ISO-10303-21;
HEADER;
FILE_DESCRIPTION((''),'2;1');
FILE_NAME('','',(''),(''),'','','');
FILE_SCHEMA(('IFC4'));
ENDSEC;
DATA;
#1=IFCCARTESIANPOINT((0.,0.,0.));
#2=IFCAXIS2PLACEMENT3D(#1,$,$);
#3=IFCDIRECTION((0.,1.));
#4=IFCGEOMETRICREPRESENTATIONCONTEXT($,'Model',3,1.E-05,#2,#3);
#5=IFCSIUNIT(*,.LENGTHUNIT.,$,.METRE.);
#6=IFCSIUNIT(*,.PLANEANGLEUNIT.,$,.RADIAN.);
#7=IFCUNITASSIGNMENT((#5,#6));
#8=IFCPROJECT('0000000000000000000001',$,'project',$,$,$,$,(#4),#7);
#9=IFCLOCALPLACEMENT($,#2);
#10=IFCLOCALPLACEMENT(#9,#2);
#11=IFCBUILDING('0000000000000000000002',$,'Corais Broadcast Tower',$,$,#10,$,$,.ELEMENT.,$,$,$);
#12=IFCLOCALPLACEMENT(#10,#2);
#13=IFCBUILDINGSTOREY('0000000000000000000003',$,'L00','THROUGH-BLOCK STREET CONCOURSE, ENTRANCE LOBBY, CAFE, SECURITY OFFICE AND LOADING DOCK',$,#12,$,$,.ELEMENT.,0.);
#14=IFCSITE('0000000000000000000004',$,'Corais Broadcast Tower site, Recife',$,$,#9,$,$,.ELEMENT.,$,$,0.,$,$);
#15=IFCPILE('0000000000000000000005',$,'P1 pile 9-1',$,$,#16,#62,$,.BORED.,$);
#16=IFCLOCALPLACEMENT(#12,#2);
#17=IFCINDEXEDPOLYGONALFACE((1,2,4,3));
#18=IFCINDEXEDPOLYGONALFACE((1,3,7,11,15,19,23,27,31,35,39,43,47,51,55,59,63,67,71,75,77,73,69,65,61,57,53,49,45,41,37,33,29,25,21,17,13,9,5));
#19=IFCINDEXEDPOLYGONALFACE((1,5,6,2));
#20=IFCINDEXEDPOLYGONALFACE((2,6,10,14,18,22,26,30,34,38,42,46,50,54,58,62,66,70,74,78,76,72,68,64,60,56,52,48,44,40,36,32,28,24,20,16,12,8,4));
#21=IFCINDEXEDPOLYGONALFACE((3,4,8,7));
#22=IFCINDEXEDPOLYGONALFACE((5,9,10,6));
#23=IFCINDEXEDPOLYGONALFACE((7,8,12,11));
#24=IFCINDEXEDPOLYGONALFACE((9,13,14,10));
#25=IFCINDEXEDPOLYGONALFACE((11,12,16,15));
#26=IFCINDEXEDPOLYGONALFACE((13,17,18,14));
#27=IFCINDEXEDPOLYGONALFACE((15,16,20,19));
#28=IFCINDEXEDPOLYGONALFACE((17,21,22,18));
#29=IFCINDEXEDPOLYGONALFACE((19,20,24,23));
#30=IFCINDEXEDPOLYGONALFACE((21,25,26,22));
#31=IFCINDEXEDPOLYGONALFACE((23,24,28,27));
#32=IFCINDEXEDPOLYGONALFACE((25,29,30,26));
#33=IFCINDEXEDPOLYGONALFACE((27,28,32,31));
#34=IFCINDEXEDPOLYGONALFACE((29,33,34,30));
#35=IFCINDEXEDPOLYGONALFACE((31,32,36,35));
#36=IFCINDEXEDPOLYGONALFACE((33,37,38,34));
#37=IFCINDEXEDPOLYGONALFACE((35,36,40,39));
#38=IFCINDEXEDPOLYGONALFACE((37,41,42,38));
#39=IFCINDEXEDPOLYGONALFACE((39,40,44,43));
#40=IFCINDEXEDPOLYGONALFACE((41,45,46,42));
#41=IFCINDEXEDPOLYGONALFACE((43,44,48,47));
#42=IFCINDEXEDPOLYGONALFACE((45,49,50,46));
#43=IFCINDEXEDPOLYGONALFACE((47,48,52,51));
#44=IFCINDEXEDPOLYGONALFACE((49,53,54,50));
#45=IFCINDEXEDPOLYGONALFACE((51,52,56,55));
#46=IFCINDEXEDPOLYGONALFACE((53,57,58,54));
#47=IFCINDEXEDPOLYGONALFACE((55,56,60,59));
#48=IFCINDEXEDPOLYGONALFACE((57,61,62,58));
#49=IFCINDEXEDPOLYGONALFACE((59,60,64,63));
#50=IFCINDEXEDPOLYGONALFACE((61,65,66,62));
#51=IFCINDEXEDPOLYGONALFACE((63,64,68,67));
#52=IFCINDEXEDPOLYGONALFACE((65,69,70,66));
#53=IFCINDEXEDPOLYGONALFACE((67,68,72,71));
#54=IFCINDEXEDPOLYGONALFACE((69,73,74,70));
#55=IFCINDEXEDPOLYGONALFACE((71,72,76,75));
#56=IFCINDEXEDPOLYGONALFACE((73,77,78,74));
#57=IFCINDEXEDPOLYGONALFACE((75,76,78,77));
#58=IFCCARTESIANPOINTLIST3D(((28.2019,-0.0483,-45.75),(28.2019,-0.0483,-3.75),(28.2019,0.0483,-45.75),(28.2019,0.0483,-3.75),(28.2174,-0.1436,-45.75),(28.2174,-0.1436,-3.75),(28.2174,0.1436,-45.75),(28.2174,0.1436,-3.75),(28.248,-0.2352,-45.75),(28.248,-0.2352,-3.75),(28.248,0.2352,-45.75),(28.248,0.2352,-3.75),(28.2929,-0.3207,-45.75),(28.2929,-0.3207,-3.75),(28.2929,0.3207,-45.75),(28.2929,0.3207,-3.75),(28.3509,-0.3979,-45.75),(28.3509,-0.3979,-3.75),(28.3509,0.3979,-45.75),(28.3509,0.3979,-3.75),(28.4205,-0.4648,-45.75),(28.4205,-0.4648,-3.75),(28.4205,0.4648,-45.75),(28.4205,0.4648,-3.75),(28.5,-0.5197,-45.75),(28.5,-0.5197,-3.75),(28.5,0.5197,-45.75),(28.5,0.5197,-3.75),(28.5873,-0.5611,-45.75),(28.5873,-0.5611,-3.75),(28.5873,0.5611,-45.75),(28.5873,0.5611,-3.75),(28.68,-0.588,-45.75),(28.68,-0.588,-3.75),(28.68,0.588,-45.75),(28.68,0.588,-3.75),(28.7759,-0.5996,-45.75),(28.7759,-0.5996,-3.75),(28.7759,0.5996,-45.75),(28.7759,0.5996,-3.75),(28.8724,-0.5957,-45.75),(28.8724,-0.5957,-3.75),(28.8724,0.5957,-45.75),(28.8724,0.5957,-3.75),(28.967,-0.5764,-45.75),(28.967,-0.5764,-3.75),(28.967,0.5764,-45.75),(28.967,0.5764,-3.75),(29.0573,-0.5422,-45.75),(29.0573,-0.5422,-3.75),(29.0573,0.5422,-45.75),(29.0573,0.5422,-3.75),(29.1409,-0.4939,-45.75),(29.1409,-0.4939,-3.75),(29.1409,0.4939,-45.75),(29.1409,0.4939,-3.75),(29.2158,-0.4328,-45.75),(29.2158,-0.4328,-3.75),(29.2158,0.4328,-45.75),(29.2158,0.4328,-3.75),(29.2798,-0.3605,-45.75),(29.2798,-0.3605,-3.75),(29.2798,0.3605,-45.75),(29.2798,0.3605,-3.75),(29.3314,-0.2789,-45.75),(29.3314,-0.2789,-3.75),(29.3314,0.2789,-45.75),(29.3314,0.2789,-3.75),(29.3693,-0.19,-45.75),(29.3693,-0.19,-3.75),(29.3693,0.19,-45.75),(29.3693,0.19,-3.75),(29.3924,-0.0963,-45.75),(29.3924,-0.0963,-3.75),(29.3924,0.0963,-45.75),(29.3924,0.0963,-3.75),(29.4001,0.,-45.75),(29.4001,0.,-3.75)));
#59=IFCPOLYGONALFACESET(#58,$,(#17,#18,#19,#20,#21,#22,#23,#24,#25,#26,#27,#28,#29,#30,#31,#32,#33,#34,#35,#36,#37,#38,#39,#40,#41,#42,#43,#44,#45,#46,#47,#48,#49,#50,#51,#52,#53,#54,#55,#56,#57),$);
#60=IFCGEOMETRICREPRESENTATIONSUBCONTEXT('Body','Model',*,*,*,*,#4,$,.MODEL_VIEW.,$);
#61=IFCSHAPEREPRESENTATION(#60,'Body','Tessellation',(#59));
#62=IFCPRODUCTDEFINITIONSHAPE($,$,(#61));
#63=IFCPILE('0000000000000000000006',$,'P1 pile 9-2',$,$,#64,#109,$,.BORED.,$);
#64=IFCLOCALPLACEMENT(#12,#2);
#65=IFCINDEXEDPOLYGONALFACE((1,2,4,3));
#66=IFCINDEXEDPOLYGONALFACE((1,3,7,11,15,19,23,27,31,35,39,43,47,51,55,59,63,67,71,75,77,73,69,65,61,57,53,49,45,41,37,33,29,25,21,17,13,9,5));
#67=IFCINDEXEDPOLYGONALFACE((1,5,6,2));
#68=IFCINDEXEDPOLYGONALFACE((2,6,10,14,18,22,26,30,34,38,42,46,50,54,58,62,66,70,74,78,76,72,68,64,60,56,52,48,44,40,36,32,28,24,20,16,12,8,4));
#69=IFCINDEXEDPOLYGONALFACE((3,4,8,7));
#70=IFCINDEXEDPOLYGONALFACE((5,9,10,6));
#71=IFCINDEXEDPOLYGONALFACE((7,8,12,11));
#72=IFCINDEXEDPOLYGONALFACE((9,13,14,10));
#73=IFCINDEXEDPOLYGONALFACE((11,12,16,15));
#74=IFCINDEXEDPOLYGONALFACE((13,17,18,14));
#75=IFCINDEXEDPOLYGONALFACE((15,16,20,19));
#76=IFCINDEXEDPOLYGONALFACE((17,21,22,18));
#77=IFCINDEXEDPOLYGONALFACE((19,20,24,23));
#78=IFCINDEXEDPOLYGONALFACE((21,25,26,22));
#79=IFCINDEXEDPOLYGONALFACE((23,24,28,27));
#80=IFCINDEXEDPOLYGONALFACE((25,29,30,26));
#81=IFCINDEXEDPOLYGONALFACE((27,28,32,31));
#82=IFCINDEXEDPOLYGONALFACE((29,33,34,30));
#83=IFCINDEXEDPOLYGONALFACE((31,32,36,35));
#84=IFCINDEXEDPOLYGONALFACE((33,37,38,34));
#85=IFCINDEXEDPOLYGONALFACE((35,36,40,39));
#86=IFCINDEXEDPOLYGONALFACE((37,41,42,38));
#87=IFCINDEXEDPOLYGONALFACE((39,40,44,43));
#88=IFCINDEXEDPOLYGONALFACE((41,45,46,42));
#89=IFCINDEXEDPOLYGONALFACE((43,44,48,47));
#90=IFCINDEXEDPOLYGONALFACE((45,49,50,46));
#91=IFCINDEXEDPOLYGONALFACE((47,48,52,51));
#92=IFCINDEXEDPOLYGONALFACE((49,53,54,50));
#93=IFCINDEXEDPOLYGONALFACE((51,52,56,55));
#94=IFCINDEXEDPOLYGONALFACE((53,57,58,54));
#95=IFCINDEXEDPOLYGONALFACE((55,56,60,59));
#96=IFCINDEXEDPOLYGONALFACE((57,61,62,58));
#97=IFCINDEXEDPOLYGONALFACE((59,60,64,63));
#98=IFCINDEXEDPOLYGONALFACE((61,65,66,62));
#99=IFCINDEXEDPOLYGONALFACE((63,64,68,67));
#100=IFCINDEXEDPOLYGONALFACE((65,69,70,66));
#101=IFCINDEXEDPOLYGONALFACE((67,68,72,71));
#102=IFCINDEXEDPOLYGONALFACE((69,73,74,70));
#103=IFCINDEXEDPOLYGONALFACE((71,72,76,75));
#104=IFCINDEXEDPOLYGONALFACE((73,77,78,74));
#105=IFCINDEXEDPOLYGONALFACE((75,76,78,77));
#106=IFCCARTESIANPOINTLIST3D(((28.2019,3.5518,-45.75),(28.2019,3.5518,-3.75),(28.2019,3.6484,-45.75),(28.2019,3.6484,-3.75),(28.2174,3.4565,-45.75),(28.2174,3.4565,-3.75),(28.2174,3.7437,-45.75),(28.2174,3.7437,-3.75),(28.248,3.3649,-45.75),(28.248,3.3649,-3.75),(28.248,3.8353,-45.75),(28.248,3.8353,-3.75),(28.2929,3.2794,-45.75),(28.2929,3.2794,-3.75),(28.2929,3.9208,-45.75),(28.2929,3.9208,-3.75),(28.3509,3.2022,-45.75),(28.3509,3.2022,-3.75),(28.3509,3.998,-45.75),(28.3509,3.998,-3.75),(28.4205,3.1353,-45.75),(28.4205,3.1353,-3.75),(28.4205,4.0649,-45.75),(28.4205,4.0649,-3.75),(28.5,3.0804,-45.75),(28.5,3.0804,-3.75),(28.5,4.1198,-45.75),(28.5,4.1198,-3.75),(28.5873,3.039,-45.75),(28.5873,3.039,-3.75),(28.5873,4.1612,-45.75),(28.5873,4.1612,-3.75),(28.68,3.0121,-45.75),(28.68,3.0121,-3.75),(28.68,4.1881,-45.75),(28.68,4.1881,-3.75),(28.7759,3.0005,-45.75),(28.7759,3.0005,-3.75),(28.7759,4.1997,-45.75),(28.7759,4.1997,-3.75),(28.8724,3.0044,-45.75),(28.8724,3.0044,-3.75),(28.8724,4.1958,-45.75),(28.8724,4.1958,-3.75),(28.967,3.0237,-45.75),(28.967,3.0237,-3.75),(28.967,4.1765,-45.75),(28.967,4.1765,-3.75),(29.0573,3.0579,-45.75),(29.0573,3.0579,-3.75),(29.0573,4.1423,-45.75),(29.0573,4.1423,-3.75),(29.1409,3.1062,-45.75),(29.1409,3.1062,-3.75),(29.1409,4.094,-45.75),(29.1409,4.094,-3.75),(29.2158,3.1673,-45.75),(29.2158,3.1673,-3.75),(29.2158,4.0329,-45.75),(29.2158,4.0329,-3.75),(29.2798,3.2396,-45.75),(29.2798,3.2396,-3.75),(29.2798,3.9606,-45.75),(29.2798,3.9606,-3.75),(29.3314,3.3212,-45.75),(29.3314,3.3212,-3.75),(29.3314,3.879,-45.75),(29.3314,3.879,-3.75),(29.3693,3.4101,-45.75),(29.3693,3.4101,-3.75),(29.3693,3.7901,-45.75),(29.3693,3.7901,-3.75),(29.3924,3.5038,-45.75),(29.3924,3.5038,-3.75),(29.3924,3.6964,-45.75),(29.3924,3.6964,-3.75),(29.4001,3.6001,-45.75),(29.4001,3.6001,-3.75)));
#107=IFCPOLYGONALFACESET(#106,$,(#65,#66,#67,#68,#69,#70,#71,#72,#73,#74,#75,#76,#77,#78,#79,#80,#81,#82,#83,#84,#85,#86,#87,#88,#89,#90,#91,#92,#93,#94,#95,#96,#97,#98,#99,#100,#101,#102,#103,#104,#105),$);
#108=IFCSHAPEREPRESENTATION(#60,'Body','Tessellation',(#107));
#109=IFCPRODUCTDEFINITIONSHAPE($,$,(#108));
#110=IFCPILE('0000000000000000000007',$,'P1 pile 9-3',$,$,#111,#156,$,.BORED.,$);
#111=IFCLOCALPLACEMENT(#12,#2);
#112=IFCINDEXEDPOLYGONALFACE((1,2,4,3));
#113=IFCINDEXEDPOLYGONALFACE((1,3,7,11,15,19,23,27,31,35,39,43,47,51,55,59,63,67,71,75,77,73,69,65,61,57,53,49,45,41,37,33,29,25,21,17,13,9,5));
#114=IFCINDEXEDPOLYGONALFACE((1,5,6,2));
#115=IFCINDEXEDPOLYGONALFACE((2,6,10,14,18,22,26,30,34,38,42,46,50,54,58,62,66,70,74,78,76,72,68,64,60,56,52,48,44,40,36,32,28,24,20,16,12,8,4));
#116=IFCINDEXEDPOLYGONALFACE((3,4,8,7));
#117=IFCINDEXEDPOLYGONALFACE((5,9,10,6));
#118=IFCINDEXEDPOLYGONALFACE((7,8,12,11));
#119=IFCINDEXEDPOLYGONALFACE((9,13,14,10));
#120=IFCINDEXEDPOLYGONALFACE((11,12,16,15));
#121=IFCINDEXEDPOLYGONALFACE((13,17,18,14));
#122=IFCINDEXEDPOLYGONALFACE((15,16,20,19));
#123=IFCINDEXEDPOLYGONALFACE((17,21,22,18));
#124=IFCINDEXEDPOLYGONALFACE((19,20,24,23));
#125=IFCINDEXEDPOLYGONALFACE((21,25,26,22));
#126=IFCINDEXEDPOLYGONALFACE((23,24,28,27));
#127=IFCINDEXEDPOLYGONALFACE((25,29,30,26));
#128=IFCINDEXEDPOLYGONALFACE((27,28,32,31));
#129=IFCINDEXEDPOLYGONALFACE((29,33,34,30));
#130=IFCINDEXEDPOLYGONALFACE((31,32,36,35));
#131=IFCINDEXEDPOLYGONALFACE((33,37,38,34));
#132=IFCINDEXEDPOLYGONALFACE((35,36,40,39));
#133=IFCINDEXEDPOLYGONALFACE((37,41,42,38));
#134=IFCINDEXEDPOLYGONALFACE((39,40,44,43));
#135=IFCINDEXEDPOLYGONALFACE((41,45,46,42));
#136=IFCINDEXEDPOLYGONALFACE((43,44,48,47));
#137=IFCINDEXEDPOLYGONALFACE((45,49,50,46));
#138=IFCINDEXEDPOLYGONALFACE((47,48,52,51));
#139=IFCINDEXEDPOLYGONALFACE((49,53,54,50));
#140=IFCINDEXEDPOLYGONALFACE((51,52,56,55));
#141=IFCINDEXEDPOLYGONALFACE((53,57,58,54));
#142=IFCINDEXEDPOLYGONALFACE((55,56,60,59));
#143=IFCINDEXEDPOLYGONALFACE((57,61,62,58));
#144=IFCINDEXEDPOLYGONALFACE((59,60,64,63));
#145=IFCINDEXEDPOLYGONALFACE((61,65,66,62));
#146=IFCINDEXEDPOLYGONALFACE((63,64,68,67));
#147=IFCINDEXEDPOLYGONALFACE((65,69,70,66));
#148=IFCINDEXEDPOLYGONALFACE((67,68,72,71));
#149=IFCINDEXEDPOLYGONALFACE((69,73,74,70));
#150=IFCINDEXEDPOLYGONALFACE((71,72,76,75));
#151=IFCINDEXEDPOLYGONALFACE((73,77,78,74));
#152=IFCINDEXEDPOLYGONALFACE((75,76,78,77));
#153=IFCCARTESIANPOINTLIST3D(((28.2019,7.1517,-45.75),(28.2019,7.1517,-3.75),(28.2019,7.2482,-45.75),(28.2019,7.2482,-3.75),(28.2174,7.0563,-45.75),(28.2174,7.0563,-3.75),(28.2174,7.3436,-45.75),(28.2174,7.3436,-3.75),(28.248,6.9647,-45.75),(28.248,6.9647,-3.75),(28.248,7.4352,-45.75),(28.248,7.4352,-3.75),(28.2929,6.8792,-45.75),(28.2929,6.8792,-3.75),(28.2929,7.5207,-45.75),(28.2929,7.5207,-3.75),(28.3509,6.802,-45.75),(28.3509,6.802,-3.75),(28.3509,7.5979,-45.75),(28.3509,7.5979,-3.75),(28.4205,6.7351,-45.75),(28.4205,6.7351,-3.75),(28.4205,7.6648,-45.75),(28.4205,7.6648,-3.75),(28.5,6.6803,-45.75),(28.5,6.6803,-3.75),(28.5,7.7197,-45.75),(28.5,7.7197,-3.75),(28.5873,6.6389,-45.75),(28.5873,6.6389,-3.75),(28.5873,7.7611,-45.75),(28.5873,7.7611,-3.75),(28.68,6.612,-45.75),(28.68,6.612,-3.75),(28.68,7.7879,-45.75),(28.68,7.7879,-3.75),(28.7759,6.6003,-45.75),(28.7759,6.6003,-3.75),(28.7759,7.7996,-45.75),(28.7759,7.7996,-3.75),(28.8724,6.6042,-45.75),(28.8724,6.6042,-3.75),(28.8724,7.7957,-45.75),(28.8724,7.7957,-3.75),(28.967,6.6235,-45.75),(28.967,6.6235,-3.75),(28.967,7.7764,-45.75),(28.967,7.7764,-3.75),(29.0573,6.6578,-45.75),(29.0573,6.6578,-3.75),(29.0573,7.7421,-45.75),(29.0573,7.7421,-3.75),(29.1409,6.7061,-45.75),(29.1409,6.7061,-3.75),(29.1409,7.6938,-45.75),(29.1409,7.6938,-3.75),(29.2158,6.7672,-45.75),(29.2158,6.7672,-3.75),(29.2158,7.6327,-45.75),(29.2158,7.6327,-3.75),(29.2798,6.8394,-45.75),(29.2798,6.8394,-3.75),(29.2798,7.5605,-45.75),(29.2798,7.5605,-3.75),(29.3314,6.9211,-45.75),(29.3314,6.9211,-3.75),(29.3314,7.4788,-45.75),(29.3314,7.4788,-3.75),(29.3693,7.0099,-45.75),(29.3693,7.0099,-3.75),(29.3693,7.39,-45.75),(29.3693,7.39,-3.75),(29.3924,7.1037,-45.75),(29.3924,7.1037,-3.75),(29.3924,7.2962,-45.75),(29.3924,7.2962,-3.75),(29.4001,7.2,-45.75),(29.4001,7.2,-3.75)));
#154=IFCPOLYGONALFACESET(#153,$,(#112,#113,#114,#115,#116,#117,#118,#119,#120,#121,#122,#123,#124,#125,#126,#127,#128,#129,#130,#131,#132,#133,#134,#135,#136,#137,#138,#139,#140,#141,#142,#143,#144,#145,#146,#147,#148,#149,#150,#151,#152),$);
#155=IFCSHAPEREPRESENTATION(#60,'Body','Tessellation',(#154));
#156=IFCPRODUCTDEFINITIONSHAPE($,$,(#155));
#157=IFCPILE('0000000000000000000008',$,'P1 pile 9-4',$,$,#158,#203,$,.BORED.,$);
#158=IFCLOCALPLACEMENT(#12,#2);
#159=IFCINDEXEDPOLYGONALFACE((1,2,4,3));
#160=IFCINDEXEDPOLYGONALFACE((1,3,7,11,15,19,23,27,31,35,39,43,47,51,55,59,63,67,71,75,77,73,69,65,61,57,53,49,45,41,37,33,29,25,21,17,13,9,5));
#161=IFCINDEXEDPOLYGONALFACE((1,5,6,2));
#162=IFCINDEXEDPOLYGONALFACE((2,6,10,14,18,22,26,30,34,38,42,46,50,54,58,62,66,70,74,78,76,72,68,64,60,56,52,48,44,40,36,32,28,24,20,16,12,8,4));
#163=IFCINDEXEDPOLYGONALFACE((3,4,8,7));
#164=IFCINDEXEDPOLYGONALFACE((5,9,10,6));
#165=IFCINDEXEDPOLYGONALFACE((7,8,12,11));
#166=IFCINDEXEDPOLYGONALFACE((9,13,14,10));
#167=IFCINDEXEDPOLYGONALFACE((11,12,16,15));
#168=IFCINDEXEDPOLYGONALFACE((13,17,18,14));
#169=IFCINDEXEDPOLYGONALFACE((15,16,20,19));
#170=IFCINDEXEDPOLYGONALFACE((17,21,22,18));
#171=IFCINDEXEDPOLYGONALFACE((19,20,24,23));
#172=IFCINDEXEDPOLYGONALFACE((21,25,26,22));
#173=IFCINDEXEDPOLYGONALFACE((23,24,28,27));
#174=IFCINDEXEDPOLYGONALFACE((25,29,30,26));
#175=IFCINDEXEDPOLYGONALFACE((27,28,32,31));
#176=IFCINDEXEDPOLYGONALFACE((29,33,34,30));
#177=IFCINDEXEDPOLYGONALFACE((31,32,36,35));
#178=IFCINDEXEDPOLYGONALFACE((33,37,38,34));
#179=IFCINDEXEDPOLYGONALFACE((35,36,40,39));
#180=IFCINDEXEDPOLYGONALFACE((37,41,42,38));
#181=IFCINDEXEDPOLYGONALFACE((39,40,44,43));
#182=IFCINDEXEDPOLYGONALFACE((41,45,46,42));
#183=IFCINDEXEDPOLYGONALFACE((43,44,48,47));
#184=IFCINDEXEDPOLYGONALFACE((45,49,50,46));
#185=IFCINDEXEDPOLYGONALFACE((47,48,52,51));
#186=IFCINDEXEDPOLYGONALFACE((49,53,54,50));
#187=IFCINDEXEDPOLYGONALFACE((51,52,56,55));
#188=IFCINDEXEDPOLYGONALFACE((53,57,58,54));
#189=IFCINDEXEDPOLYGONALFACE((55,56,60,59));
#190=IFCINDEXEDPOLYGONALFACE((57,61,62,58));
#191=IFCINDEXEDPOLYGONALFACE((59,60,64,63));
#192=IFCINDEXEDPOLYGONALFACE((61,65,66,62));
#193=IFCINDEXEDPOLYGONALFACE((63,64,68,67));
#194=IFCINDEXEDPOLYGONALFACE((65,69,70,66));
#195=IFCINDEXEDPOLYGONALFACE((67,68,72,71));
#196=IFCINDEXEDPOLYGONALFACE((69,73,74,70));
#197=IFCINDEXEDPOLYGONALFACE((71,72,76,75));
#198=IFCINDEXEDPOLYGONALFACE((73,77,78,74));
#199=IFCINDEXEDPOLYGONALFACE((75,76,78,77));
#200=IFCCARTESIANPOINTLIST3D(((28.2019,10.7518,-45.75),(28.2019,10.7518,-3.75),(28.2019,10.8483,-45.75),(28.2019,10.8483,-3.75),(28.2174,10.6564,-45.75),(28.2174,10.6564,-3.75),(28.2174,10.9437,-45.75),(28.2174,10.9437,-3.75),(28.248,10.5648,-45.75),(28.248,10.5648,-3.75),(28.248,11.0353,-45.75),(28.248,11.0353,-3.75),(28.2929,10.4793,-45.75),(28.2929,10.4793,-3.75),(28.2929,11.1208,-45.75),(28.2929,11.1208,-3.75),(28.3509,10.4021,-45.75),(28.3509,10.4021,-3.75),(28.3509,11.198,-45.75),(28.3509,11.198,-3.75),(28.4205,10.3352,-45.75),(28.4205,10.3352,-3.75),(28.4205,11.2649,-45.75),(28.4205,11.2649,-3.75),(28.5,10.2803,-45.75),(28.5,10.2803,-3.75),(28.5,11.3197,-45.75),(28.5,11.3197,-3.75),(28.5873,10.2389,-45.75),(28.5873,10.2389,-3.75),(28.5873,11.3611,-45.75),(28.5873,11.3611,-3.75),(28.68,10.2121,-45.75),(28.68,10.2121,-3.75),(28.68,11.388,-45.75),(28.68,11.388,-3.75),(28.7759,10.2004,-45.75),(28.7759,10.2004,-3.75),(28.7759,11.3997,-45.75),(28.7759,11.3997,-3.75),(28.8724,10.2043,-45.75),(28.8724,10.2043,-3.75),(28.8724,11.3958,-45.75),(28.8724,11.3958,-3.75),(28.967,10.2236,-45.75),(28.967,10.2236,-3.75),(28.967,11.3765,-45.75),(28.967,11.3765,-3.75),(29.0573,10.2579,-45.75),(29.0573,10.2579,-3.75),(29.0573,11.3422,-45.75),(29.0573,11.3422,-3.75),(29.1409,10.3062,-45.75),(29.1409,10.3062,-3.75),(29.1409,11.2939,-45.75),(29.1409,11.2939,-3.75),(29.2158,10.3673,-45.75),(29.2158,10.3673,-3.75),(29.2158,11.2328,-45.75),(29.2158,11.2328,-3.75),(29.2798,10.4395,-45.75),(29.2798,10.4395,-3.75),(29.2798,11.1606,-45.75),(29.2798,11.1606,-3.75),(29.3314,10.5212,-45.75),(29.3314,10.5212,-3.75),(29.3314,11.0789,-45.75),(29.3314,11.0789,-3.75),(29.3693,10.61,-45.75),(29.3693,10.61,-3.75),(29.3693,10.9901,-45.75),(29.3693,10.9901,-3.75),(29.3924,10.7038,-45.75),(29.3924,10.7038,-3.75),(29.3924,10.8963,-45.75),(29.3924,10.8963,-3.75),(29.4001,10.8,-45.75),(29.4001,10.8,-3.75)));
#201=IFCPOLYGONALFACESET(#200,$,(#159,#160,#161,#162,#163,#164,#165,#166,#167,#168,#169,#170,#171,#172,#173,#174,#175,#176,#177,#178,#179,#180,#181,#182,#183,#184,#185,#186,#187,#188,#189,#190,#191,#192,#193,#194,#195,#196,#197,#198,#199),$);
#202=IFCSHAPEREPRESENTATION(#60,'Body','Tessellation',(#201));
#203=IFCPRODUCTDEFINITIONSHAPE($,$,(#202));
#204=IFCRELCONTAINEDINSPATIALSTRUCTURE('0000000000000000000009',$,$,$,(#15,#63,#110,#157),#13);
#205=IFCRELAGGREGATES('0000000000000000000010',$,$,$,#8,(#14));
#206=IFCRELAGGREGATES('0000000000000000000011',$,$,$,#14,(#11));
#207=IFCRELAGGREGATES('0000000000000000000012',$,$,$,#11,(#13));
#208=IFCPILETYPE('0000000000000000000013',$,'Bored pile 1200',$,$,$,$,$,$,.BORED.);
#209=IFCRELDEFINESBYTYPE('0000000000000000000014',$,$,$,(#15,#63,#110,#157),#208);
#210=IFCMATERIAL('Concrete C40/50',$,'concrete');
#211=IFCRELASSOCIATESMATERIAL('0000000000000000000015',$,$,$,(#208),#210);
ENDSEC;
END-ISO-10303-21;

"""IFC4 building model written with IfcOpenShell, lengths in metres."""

from ifc_helpers import new_model, si_unit, direction, frame, origin, origin_2d, place, context, subcontext, project, spatial, circle, extrude, material, type_object, element, save


model = new_model("IFC4")

# Units and contexts
model_context = context("Model", 3, precision=1e-05, world=origin(), true_north=direction((0.0, 1.0)))
body_context = subcontext(model_context, "Body", "Model", "MODEL_VIEW")
ifc_project = project(units=[si_unit("LENGTHUNIT", "METRE"), si_unit("PLANEANGLEUNIT", "RADIAN")], contexts=[model_context])

# Site, building, storey
site_placement = place(None, origin())
site = spatial("IfcSite", under=ifc_project, at=site_placement, Name="Corais Broadcast Tower site, Recife", CompositionType="ELEMENT", RefElevation=0.0)
building_placement = place(site_placement, origin())
building = spatial("IfcBuilding", under=site, at=building_placement, Name="Corais Broadcast Tower", CompositionType="ELEMENT")
storey_placement = place(building_placement, origin())
storey = spatial("IfcBuildingStorey", under=building, at=storey_placement, Name="L00", Description="THROUGH-BLOCK STREET CONCOURSE, ENTRANCE LOBBY, CAFE, SECURITY OFFICE AND LOADING DOCK", CompositionType="ELEMENT", Elevation=0.0)

# Piles
ifc_material_1 = material(Name="Concrete C40/50", Category="concrete")
pile_type = type_object("IfcPileType", Name="Bored pile 1200", PredefinedType="BORED", material=ifc_material_1)
for number, where, z_axis, x_axis, name in (
    (1, (28.8, 0.0, -3.75), (0.0, 0.0, -1.0), (1.0, 0.0, 0.0), "P1 pile 9-1"),
    (2, (28.8, 3.6001, -3.75), (0.0, 0.0, -1.0), (1.0, 0.0, 0.0), "P1 pile 9-2"),
    (3, (28.8, 7.2, -3.75), (0.0, 0.0, -1.0), (1.0, 0.0, 0.0), "P1 pile 9-3"),
    (4, (28.8, 10.8, -3.75), (0.0, 0.0, -1.0), (1.0, 0.0, 0.0), "P1 pile 9-4"),
):
    element("IfcPile", number, at=place(storey_placement, frame(where, z_axis=z_axis, x_axis=x_axis)), inside=storey, type_object=pile_type, Name=name, PredefinedType="BORED", context=body_context, shape_type="SweptSolid", body=[
        extrude(circle(Radius=0.6001, at=origin_2d()), origin(), (0.0, 0.0, 1.0), 42.0),
    ])

save(model, "model.ifc")
